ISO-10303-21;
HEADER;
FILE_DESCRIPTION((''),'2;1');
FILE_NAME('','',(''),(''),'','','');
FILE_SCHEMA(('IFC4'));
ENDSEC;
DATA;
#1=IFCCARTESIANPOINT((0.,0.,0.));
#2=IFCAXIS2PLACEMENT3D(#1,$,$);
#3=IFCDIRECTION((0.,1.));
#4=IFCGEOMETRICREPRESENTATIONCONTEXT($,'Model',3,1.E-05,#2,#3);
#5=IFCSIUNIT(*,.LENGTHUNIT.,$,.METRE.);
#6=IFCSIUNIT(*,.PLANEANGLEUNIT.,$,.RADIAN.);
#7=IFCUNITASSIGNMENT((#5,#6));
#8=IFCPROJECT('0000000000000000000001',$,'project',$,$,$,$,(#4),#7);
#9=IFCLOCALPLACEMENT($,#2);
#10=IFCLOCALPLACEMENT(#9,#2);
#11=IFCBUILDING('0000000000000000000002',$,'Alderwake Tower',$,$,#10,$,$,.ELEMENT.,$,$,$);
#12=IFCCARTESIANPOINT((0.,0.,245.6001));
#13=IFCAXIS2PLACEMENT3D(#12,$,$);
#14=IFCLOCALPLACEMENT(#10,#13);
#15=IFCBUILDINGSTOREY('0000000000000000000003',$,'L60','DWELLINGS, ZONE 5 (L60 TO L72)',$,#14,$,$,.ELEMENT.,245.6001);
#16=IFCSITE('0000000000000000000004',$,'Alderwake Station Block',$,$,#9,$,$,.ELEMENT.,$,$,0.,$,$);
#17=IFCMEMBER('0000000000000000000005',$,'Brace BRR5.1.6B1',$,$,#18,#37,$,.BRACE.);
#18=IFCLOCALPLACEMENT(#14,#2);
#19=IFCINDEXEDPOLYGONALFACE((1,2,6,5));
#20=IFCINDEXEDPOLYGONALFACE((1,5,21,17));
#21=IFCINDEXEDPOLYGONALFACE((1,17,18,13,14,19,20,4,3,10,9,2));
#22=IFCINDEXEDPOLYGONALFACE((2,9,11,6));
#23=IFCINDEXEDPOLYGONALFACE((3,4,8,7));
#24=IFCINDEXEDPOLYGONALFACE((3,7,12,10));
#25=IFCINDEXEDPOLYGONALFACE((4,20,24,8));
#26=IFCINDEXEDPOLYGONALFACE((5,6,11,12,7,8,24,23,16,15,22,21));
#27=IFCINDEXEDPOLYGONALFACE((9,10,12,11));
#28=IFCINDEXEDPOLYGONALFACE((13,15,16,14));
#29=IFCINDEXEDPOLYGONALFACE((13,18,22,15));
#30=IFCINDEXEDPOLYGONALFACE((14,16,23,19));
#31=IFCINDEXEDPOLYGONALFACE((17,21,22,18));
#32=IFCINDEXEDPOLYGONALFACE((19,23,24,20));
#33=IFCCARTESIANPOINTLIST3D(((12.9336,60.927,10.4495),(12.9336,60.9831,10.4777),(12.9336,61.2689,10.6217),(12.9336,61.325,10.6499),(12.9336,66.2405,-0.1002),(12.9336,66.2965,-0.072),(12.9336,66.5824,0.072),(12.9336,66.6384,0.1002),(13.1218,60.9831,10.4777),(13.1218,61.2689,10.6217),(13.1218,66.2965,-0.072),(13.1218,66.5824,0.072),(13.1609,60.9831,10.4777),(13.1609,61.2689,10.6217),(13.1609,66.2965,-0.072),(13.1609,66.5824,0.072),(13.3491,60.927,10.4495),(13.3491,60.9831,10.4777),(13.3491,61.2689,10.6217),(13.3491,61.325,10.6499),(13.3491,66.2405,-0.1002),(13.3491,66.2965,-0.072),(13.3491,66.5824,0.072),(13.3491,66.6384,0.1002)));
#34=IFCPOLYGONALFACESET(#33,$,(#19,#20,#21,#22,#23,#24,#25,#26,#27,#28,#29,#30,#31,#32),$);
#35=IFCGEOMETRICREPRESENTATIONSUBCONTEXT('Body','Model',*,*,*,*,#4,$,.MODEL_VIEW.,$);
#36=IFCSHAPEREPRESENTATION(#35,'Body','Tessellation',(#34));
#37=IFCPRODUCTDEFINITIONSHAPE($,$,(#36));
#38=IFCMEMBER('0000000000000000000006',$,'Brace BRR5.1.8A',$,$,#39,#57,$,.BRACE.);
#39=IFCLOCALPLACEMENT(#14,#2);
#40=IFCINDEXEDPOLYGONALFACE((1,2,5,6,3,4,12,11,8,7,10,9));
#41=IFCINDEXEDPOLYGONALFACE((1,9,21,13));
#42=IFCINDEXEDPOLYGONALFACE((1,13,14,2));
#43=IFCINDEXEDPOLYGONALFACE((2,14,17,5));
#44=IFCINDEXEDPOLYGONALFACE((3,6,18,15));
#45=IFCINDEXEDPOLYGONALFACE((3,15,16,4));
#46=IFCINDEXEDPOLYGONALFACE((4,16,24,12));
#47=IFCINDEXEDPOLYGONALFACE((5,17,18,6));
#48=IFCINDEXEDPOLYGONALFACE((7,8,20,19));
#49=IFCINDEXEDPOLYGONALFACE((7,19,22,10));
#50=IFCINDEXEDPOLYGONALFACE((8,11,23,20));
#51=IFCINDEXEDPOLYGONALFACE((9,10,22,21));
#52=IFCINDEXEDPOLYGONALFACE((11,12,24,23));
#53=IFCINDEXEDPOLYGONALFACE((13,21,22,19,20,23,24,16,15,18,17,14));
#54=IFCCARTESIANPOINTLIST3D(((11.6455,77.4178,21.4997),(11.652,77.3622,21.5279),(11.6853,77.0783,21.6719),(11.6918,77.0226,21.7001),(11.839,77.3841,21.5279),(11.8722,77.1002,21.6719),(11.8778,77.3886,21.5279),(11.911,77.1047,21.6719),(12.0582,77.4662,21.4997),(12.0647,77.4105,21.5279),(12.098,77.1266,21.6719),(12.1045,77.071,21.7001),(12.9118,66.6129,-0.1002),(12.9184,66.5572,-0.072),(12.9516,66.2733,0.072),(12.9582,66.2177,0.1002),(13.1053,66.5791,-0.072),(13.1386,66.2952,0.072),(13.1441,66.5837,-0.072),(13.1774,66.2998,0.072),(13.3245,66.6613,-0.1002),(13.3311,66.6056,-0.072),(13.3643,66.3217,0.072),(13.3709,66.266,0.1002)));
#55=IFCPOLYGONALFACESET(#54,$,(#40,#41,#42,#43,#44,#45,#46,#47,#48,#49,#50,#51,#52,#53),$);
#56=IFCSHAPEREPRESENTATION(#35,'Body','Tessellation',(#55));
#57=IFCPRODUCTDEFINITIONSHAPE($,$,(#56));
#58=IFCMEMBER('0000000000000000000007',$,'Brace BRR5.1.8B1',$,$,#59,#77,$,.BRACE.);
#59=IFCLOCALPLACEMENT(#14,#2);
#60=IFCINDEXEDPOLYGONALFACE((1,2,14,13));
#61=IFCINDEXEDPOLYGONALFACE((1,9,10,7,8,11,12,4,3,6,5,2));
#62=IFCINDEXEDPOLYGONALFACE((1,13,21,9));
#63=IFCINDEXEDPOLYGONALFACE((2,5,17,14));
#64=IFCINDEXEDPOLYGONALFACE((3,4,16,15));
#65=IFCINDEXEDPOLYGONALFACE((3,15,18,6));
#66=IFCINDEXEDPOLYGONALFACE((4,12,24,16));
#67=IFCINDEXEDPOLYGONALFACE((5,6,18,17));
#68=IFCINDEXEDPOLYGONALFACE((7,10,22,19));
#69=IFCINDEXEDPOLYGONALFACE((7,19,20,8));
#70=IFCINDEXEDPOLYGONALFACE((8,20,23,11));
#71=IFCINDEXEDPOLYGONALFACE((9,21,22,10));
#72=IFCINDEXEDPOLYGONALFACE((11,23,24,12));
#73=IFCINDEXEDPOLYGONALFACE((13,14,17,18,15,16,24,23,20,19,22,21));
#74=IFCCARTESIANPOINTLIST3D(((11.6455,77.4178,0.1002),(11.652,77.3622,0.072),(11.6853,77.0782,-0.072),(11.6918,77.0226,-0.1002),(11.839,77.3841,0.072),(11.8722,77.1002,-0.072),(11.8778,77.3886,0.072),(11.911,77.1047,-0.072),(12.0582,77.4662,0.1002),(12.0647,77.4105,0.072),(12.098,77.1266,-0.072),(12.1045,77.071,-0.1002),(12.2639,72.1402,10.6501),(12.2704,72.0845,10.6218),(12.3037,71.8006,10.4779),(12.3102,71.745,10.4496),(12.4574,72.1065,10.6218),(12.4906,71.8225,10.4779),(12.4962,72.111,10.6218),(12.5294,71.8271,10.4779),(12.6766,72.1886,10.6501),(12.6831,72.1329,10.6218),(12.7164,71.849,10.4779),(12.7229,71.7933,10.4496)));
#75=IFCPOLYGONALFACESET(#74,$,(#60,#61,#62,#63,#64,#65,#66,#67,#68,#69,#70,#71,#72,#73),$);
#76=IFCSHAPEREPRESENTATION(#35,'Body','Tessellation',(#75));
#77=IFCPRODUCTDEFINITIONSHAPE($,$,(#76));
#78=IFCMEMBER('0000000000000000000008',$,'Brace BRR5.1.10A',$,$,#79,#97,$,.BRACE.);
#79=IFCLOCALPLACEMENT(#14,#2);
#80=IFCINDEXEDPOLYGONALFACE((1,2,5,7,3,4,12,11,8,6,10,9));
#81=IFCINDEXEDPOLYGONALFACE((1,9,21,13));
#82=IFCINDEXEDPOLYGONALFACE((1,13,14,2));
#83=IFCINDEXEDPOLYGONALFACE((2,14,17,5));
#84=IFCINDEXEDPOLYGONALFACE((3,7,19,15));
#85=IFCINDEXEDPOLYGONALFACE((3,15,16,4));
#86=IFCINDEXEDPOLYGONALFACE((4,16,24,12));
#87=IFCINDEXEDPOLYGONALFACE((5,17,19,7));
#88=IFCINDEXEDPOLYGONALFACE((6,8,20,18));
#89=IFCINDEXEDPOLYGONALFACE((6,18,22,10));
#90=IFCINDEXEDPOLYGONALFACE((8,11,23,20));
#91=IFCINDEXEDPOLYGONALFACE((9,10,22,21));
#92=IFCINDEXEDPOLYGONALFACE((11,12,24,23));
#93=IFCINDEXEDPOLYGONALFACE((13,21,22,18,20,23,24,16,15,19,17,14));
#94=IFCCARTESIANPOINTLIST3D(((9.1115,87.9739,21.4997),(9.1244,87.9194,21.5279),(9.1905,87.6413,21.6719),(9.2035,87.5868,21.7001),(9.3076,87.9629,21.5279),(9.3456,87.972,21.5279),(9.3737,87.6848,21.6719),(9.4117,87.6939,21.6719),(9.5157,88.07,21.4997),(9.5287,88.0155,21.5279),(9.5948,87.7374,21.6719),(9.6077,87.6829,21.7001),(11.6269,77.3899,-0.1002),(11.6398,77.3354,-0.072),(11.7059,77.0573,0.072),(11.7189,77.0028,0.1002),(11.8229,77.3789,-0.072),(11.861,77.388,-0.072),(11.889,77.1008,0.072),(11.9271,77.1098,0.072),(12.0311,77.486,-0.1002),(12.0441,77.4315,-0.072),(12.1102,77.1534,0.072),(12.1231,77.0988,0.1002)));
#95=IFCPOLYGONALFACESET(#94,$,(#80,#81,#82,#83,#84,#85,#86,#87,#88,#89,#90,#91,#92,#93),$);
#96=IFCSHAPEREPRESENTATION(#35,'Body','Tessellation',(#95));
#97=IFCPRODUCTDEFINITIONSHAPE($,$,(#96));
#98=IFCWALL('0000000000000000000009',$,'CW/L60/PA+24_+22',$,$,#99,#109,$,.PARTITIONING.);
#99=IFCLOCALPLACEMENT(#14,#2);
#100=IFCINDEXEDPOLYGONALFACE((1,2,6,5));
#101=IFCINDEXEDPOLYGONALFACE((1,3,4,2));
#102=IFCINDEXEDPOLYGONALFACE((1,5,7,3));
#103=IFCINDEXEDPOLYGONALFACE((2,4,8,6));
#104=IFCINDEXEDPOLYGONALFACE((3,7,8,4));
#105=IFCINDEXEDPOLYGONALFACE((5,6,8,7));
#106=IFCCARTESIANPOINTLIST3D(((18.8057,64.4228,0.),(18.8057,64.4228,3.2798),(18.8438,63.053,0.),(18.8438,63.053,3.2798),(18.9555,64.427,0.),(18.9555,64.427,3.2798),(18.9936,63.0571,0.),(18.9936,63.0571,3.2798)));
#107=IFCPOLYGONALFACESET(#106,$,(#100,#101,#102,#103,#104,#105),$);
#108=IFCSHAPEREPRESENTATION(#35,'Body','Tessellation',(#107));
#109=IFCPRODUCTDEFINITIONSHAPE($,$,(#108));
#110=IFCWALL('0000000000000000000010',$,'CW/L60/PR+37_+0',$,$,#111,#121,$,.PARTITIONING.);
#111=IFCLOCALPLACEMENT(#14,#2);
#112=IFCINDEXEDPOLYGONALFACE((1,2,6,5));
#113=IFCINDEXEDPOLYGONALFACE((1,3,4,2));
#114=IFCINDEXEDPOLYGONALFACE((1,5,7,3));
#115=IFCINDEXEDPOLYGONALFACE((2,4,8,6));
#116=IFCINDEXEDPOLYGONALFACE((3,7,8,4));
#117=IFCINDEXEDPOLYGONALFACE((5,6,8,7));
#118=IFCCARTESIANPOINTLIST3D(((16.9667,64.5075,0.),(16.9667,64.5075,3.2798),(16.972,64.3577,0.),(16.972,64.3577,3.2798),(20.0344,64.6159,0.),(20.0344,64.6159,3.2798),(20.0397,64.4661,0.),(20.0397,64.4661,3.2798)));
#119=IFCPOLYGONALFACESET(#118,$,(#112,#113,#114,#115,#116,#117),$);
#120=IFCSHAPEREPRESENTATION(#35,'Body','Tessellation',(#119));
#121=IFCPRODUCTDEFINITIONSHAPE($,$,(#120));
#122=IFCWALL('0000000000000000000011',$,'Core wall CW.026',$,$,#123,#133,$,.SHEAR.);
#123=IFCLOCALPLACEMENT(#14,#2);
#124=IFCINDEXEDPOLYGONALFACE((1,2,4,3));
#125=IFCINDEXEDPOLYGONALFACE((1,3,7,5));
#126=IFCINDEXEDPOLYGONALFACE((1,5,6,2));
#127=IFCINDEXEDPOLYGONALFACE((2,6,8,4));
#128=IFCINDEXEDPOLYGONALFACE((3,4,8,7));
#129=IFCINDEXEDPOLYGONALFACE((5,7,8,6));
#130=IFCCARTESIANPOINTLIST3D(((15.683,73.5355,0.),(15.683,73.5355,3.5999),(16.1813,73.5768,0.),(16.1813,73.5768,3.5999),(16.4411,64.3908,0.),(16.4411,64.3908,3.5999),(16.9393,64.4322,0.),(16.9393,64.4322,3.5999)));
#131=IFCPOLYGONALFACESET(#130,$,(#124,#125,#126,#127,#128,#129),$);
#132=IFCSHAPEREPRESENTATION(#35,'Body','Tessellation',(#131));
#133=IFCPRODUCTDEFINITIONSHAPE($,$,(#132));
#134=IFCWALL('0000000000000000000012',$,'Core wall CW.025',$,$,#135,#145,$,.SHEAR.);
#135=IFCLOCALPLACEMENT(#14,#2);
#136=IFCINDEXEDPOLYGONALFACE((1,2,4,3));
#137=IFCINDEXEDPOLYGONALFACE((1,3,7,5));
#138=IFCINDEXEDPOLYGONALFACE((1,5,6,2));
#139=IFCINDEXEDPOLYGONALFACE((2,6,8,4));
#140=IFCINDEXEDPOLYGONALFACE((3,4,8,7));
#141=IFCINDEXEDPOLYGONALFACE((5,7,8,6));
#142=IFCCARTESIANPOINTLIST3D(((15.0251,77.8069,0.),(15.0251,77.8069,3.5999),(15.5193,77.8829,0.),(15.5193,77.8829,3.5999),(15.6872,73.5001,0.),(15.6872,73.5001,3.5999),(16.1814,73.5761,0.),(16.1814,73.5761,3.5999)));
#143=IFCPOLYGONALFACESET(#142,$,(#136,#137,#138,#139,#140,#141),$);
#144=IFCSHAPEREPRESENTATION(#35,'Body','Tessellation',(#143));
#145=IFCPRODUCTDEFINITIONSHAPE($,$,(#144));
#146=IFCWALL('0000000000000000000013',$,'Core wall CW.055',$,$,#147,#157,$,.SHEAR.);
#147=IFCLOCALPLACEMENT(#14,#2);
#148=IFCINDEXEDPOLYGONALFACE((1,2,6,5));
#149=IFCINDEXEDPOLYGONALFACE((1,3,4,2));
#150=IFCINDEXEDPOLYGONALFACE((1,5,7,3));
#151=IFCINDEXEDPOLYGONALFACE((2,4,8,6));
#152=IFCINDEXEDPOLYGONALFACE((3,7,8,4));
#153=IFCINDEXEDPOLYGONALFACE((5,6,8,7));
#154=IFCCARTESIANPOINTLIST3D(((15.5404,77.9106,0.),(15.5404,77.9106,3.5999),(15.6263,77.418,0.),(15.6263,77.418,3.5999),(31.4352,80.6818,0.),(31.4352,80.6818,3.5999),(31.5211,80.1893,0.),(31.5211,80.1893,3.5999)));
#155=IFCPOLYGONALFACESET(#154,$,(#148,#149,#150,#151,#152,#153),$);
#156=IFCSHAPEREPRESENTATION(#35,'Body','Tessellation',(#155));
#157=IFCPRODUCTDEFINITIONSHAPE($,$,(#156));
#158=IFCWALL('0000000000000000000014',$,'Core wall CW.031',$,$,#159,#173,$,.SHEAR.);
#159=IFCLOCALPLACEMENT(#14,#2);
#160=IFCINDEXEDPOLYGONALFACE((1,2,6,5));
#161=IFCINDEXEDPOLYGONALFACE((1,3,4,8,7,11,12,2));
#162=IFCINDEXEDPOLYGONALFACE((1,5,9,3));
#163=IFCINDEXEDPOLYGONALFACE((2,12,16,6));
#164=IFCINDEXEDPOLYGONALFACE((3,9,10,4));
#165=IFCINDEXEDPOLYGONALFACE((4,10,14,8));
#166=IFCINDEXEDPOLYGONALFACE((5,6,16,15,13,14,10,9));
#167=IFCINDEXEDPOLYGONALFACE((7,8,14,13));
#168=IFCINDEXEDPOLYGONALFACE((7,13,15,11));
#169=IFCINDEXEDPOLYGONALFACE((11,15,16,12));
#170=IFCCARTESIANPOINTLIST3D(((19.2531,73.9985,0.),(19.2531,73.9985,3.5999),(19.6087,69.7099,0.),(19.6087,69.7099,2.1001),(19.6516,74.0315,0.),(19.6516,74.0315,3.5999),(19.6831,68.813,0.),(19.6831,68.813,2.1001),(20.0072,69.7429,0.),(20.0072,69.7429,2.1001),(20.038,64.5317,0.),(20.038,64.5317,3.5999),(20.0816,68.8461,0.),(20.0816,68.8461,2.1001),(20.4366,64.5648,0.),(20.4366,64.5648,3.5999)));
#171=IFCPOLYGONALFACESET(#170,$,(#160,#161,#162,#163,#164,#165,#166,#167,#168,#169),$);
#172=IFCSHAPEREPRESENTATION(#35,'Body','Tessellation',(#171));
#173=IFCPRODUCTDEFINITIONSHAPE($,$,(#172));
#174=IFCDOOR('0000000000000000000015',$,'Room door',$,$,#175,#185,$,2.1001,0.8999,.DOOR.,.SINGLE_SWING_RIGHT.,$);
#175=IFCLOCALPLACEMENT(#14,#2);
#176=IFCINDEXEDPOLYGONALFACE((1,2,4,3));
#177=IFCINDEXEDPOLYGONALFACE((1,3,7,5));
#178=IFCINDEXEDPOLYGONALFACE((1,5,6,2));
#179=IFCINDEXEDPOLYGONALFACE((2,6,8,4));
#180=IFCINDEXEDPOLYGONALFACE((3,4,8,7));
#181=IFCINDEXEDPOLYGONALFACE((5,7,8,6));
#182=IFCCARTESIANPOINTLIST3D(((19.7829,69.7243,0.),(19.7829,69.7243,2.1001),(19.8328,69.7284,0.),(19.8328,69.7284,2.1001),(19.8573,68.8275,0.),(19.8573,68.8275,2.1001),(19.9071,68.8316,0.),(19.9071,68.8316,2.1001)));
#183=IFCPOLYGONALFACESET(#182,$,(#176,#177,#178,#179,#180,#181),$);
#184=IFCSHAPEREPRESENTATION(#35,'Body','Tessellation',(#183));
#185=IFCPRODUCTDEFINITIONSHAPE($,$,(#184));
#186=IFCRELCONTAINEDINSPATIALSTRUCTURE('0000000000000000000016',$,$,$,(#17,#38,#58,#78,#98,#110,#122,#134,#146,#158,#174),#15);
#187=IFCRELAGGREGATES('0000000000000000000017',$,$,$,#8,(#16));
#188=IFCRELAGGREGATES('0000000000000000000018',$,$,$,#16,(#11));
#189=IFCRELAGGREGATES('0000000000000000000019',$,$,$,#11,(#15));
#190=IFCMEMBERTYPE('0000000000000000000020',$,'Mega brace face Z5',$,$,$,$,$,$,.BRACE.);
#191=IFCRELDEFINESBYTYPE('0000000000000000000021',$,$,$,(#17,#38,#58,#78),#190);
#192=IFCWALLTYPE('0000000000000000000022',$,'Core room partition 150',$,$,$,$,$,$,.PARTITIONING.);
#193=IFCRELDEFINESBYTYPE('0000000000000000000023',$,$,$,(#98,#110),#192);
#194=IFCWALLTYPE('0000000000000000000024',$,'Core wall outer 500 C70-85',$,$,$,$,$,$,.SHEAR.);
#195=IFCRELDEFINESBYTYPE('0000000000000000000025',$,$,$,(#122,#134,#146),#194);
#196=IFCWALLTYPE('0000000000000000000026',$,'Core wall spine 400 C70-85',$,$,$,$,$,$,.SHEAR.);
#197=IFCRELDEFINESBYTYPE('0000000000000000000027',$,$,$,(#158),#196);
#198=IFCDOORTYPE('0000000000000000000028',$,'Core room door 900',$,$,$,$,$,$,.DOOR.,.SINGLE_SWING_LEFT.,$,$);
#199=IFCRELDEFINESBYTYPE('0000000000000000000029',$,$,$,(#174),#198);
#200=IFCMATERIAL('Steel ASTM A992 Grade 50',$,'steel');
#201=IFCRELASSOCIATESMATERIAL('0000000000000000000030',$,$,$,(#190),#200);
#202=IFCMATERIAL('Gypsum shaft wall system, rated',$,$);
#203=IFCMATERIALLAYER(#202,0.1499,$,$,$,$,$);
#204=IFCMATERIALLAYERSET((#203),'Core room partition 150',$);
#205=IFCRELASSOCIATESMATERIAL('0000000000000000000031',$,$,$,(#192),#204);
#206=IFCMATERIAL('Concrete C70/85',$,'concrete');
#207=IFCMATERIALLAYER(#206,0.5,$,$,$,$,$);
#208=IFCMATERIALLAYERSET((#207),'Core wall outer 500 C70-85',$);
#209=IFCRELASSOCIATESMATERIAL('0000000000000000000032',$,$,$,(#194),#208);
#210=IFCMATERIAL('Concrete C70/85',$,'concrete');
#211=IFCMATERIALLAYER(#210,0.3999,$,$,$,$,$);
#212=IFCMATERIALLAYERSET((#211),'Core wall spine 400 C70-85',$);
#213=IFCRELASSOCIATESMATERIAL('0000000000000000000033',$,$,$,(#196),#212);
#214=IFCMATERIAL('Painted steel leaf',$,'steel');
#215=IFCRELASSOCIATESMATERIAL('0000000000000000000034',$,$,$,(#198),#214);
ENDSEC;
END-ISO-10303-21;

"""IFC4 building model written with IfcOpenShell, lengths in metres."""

from ifc_helpers import new_model, si_unit, direction, frame, frame_2d, origin, origin_2d, place, context, subcontext, project, spatial, rectangle, i_section, extrude, material, layer, layer_set, material_profile, profile_set, type_object, element, fill, save


model = new_model("IFC4")

# Units and contexts
model_context = context("Model", 3, precision=1e-05, world=origin(), true_north=direction((0.0, 1.0)))
body_context = subcontext(model_context, "Body", "Model", "MODEL_VIEW")
ifc_project = project(units=[si_unit("LENGTHUNIT", "METRE"), si_unit("PLANEANGLEUNIT", "RADIAN")], contexts=[model_context])

# Site, building, storey
site_placement = place(None, origin())
site = spatial("IfcSite", under=ifc_project, at=site_placement, Name="Alderwake Station Block", CompositionType="ELEMENT", RefElevation=0.0)
building_placement = place(site_placement, origin())
building = spatial("IfcBuilding", under=site, at=building_placement, Name="Alderwake Tower", CompositionType="ELEMENT")
storey_placement = place(building_placement, frame((0.0, 0.0, 245.6001)))
storey = spatial("IfcBuildingStorey", under=building, at=storey_placement, Name="L60", Description="DWELLINGS, ZONE 5 (L60 TO L72)", CompositionType="ELEMENT", Elevation=245.6001)

# Members
ifc_material_1 = material(Name="Steel ASTM A992 Grade 50", Category="steel")
ifc_material_profile_1 = material_profile(ifc_material_1, i_section(OverallWidth=0.4155, OverallDepth=0.4456, WebThickness=0.0391, FlangeThickness=0.0627, at=origin_2d()), Name="W14X342")
ifc_profile_set_1 = profile_set([ifc_material_profile_1], Name="Steel ASTM A992 Grade 50")
member_type = type_object("IfcMemberType", Name="Mega brace face Z5", PredefinedType="BRACE", material=ifc_profile_set_1)
member_1_placement = place(storey_placement, frame((13.1414, 66.4395, 0.0), z_axis=(0.0, -0.449824, 0.893117), x_axis=(1.0, 0.0, 0.0)))
element("IfcMember", 1, at=member_1_placement, inside=storey, type_object=member_type, Name="Brace BRR5.1.6B1", PredefinedType="BRACE", context=body_context, shape_type="SweptSolid", body=[
    extrude(i_section(OverallWidth=0.4155, OverallDepth=0.4456, WebThickness=0.0391, FlangeThickness=0.0627, at=origin_2d()), origin(), (0.0, 0.0, 1.0), 11.8123),
])
member_2_placement = place(storey_placement, frame((13.1414, 66.4395, 0.0), z_axis=(-0.052362, 0.446766, 0.893117), x_axis=(-0.993202, -0.116405, 0.0)))
element("IfcMember", 2, at=member_2_placement, inside=storey, type_object=member_type, Name="Brace BRR5.1.8A", PredefinedType="BRACE", context=body_context, shape_type="SweptSolid", body=[
    extrude(i_section(OverallWidth=0.4155, OverallDepth=0.4456, WebThickness=0.0391, FlangeThickness=0.0627, at=origin_2d()), origin(), (0.0, 0.0, 1.0), 24.1848),
])
member_3_placement = place(storey_placement, frame((11.875, 77.2444, 0.0), z_axis=(0.052352, -0.446782, 0.89311), x_axis=(0.993205, 0.11638, 0.0)))
element("IfcMember", 3, at=member_3_placement, inside=storey, type_object=member_type, Name="Brace BRR5.1.8B1", PredefinedType="BRACE", context=body_context, shape_type="SweptSolid", body=[
    extrude(i_section(OverallWidth=0.4155, OverallDepth=0.4456, WebThickness=0.0391, FlangeThickness=0.0627, at=origin_2d()), origin(), (0.0, 0.0, 1.0), 11.8125),
])
member_4_placement = place(storey_placement, frame((11.875, 77.2444, 0.0), z_axis=(-0.104007, 0.437631, 0.893119), x_axis=(-0.972902, -0.231219, 0.0)))
element("IfcMember", 4, at=member_4_placement, inside=storey, type_object=member_type, Name="Brace BRR5.1.10A", PredefinedType="BRACE", context=body_context, shape_type="SweptSolid", body=[
    extrude(i_section(OverallWidth=0.4155, OverallDepth=0.4456, WebThickness=0.0391, FlangeThickness=0.0627, at=origin_2d()), origin(), (0.0, 0.0, 1.0), 24.1848),
])

# Walls
ifc_material_2 = material(Name="Gypsum shaft wall system, rated")
ifc_layer_1 = layer(ifc_material_2, 0.1499)
ifc_layer_set_1 = layer_set([ifc_layer_1], Name="Core room partition 150")
wall_type_1 = type_object("IfcWallType", Name="Core room partition 150", PredefinedType="PARTITIONING", material=ifc_layer_set_1)
wall_1_placement = place(storey_placement, frame((18.9187, 63.0552, 0.0), z_axis=(0.0, 0.0, 1.0), x_axis=(-0.027792, 0.999614, 0.0)))
element("IfcWall", 5, at=wall_1_placement, inside=storey, type_object=wall_type_1, Name="CW/L60/PA+24_+22", PredefinedType="PARTITIONING", context=body_context, shape_type="SweptSolid", body=[
    extrude(rectangle(XDim=1.3704, YDim=0.1499, at=frame_2d((0.6851, 0.0))), origin(), (0.0, 0.0, 1.0), 3.2798),
])
wall_2_placement = place(storey_placement, frame((16.9695, 64.4326, 0.0), z_axis=(0.0, 0.0, 1.0), x_axis=(0.999376, 0.035314, 0.0)))
element("IfcWall", 6, at=wall_2_placement, inside=storey, type_object=wall_type_1, Name="CW/L60/PR+37_+0", PredefinedType="PARTITIONING", context=body_context, shape_type="SweptSolid", body=[
    extrude(rectangle(XDim=3.0696, YDim=0.1499, at=frame_2d((1.5347, 0.0))), origin(), (0.0, 0.0, 1.0), 3.2798),
])
ifc_material_3 = material(Name="Concrete C70/85", Category="concrete")
ifc_layer_2 = layer(ifc_material_3, 0.5)
ifc_layer_set_2 = layer_set([ifc_layer_2], Name="Core wall outer 500 C70-85")
wall_type_2 = type_object("IfcWallType", Name="Core wall outer 500 C70-85", PredefinedType="SHEAR", material=ifc_layer_set_2)
wall_3_placement = place(storey_placement, frame((16.6902, 64.4116, 0.0), z_axis=(0.0, 0.0, 1.0), x_axis=(-0.082612, 0.996582, 0.0)))
element("IfcWall", 7, at=wall_3_placement, inside=storey, type_object=wall_type_2, Name="Core wall CW.026", PredefinedType="SHEAR", context=body_context, shape_type="SweptSolid", body=[
    extrude(rectangle(XDim=9.176, YDim=0.5, at=frame_2d((4.5879, 0.0))), origin(), (0.0, 0.0, 1.0), 3.5999),
])
wall_4_placement = place(storey_placement, frame((15.9343, 73.5381, 0.0), z_axis=(0.0, 0.0, 1.0), x_axis=(-0.151948, 0.988389, 0.0)))
element("IfcWall", 8, at=wall_4_placement, inside=storey, type_object=wall_type_2, Name="Core wall CW.025", PredefinedType="SHEAR", context=body_context, shape_type="SweptSolid", body=[
    extrude(rectangle(XDim=4.3574, YDim=0.5, at=frame_2d((2.1787, 0.0))), origin(), (0.0, 0.0, 1.0), 3.5999),
])
wall_5_placement = place(storey_placement, frame((15.5833, 77.6643, 0.0), z_axis=(0.0, 0.0, 1.0), x_axis=(0.985139, 0.171758, 0.0)))
element("IfcWall", 9, at=wall_5_placement, inside=storey, type_object=wall_type_2, Name="Core wall CW.055", PredefinedType="SHEAR", context=body_context, shape_type="SweptSolid", body=[
    extrude(rectangle(XDim=16.1345, YDim=0.5, at=frame_2d((8.0674, 0.0))), origin(), (0.0, 0.0, 1.0), 3.5999),
])

# Wall, opening, door
ifc_material_4 = material(Name="Concrete C70/85", Category="concrete")
ifc_layer_3 = layer(ifc_material_4, 0.3999)
ifc_layer_set_3 = layer_set([ifc_layer_3], Name="Core wall spine 400 C70-85")
wall_type_3 = type_object("IfcWallType", Name="Core wall spine 400 C70-85", PredefinedType="SHEAR", material=ifc_layer_set_3)
wall_6_placement = place(storey_placement, frame((19.4524, 74.0149, 0.0), z_axis=(0.0, 0.0, 1.0), x_axis=(0.082629, -0.99658, 0.0)))
wall_6 = element("IfcWall", 10, at=wall_6_placement, inside=storey, type_object=wall_type_3, Name="Core wall CW.031", PredefinedType="SHEAR", context=body_context, shape_type="SweptSolid", body=[
    extrude(rectangle(XDim=9.4993, YDim=0.3999, at=frame_2d((4.7495, 0.0))), origin(), (0.0, 0.0, 1.0), 3.5999),
])
opening_1_placement = place(wall_6_placement, frame((4.3032, 0.0, 0.0)))
opening_1 = element("IfcOpeningElement", 11, at=opening_1_placement, cuts=wall_6, PredefinedType="OPENING", context=body_context, shape_type="SweptSolid", body=[
    extrude(rectangle(XDim=0.8999, YDim=2.1001, at=frame_2d((0.45, 1.05))), frame((0.0, 0.21, 0.0), z_axis=(0.0, -1.0, 0.0), x_axis=(1.0, 0.0, 0.0)), (0.0, 0.0, 1.0), 0.4199),
])
ifc_material_5 = material(Name="Painted steel leaf", Category="steel")
door_type_1 = type_object("IfcDoorType", Name="Core room door 900", OperationType="SINGLE_SWING_LEFT", PredefinedType="DOOR", material=ifc_material_5)
door_1_placement = place(opening_1_placement, origin())
door_1 = element("IfcDoor", 12, at=door_1_placement, inside=storey, type_object=door_type_1, Name="Room door", OperationType="SINGLE_SWING_RIGHT", OverallHeight=2.1001, OverallWidth=0.8999, PredefinedType="DOOR", context=body_context, shape_type="SweptSolid", body=[
    extrude(rectangle(XDim=0.8999, YDim=2.1001, at=frame_2d((0.45, 1.05))), frame((0.0, 0.0249, 0.0), z_axis=(0.0, -1.0, 0.0), x_axis=(1.0, 0.0, 0.0)), (0.0, 0.0, 1.0), 0.05),
])
fill(opening_1, door_1)

save(model, "model.ifc")
